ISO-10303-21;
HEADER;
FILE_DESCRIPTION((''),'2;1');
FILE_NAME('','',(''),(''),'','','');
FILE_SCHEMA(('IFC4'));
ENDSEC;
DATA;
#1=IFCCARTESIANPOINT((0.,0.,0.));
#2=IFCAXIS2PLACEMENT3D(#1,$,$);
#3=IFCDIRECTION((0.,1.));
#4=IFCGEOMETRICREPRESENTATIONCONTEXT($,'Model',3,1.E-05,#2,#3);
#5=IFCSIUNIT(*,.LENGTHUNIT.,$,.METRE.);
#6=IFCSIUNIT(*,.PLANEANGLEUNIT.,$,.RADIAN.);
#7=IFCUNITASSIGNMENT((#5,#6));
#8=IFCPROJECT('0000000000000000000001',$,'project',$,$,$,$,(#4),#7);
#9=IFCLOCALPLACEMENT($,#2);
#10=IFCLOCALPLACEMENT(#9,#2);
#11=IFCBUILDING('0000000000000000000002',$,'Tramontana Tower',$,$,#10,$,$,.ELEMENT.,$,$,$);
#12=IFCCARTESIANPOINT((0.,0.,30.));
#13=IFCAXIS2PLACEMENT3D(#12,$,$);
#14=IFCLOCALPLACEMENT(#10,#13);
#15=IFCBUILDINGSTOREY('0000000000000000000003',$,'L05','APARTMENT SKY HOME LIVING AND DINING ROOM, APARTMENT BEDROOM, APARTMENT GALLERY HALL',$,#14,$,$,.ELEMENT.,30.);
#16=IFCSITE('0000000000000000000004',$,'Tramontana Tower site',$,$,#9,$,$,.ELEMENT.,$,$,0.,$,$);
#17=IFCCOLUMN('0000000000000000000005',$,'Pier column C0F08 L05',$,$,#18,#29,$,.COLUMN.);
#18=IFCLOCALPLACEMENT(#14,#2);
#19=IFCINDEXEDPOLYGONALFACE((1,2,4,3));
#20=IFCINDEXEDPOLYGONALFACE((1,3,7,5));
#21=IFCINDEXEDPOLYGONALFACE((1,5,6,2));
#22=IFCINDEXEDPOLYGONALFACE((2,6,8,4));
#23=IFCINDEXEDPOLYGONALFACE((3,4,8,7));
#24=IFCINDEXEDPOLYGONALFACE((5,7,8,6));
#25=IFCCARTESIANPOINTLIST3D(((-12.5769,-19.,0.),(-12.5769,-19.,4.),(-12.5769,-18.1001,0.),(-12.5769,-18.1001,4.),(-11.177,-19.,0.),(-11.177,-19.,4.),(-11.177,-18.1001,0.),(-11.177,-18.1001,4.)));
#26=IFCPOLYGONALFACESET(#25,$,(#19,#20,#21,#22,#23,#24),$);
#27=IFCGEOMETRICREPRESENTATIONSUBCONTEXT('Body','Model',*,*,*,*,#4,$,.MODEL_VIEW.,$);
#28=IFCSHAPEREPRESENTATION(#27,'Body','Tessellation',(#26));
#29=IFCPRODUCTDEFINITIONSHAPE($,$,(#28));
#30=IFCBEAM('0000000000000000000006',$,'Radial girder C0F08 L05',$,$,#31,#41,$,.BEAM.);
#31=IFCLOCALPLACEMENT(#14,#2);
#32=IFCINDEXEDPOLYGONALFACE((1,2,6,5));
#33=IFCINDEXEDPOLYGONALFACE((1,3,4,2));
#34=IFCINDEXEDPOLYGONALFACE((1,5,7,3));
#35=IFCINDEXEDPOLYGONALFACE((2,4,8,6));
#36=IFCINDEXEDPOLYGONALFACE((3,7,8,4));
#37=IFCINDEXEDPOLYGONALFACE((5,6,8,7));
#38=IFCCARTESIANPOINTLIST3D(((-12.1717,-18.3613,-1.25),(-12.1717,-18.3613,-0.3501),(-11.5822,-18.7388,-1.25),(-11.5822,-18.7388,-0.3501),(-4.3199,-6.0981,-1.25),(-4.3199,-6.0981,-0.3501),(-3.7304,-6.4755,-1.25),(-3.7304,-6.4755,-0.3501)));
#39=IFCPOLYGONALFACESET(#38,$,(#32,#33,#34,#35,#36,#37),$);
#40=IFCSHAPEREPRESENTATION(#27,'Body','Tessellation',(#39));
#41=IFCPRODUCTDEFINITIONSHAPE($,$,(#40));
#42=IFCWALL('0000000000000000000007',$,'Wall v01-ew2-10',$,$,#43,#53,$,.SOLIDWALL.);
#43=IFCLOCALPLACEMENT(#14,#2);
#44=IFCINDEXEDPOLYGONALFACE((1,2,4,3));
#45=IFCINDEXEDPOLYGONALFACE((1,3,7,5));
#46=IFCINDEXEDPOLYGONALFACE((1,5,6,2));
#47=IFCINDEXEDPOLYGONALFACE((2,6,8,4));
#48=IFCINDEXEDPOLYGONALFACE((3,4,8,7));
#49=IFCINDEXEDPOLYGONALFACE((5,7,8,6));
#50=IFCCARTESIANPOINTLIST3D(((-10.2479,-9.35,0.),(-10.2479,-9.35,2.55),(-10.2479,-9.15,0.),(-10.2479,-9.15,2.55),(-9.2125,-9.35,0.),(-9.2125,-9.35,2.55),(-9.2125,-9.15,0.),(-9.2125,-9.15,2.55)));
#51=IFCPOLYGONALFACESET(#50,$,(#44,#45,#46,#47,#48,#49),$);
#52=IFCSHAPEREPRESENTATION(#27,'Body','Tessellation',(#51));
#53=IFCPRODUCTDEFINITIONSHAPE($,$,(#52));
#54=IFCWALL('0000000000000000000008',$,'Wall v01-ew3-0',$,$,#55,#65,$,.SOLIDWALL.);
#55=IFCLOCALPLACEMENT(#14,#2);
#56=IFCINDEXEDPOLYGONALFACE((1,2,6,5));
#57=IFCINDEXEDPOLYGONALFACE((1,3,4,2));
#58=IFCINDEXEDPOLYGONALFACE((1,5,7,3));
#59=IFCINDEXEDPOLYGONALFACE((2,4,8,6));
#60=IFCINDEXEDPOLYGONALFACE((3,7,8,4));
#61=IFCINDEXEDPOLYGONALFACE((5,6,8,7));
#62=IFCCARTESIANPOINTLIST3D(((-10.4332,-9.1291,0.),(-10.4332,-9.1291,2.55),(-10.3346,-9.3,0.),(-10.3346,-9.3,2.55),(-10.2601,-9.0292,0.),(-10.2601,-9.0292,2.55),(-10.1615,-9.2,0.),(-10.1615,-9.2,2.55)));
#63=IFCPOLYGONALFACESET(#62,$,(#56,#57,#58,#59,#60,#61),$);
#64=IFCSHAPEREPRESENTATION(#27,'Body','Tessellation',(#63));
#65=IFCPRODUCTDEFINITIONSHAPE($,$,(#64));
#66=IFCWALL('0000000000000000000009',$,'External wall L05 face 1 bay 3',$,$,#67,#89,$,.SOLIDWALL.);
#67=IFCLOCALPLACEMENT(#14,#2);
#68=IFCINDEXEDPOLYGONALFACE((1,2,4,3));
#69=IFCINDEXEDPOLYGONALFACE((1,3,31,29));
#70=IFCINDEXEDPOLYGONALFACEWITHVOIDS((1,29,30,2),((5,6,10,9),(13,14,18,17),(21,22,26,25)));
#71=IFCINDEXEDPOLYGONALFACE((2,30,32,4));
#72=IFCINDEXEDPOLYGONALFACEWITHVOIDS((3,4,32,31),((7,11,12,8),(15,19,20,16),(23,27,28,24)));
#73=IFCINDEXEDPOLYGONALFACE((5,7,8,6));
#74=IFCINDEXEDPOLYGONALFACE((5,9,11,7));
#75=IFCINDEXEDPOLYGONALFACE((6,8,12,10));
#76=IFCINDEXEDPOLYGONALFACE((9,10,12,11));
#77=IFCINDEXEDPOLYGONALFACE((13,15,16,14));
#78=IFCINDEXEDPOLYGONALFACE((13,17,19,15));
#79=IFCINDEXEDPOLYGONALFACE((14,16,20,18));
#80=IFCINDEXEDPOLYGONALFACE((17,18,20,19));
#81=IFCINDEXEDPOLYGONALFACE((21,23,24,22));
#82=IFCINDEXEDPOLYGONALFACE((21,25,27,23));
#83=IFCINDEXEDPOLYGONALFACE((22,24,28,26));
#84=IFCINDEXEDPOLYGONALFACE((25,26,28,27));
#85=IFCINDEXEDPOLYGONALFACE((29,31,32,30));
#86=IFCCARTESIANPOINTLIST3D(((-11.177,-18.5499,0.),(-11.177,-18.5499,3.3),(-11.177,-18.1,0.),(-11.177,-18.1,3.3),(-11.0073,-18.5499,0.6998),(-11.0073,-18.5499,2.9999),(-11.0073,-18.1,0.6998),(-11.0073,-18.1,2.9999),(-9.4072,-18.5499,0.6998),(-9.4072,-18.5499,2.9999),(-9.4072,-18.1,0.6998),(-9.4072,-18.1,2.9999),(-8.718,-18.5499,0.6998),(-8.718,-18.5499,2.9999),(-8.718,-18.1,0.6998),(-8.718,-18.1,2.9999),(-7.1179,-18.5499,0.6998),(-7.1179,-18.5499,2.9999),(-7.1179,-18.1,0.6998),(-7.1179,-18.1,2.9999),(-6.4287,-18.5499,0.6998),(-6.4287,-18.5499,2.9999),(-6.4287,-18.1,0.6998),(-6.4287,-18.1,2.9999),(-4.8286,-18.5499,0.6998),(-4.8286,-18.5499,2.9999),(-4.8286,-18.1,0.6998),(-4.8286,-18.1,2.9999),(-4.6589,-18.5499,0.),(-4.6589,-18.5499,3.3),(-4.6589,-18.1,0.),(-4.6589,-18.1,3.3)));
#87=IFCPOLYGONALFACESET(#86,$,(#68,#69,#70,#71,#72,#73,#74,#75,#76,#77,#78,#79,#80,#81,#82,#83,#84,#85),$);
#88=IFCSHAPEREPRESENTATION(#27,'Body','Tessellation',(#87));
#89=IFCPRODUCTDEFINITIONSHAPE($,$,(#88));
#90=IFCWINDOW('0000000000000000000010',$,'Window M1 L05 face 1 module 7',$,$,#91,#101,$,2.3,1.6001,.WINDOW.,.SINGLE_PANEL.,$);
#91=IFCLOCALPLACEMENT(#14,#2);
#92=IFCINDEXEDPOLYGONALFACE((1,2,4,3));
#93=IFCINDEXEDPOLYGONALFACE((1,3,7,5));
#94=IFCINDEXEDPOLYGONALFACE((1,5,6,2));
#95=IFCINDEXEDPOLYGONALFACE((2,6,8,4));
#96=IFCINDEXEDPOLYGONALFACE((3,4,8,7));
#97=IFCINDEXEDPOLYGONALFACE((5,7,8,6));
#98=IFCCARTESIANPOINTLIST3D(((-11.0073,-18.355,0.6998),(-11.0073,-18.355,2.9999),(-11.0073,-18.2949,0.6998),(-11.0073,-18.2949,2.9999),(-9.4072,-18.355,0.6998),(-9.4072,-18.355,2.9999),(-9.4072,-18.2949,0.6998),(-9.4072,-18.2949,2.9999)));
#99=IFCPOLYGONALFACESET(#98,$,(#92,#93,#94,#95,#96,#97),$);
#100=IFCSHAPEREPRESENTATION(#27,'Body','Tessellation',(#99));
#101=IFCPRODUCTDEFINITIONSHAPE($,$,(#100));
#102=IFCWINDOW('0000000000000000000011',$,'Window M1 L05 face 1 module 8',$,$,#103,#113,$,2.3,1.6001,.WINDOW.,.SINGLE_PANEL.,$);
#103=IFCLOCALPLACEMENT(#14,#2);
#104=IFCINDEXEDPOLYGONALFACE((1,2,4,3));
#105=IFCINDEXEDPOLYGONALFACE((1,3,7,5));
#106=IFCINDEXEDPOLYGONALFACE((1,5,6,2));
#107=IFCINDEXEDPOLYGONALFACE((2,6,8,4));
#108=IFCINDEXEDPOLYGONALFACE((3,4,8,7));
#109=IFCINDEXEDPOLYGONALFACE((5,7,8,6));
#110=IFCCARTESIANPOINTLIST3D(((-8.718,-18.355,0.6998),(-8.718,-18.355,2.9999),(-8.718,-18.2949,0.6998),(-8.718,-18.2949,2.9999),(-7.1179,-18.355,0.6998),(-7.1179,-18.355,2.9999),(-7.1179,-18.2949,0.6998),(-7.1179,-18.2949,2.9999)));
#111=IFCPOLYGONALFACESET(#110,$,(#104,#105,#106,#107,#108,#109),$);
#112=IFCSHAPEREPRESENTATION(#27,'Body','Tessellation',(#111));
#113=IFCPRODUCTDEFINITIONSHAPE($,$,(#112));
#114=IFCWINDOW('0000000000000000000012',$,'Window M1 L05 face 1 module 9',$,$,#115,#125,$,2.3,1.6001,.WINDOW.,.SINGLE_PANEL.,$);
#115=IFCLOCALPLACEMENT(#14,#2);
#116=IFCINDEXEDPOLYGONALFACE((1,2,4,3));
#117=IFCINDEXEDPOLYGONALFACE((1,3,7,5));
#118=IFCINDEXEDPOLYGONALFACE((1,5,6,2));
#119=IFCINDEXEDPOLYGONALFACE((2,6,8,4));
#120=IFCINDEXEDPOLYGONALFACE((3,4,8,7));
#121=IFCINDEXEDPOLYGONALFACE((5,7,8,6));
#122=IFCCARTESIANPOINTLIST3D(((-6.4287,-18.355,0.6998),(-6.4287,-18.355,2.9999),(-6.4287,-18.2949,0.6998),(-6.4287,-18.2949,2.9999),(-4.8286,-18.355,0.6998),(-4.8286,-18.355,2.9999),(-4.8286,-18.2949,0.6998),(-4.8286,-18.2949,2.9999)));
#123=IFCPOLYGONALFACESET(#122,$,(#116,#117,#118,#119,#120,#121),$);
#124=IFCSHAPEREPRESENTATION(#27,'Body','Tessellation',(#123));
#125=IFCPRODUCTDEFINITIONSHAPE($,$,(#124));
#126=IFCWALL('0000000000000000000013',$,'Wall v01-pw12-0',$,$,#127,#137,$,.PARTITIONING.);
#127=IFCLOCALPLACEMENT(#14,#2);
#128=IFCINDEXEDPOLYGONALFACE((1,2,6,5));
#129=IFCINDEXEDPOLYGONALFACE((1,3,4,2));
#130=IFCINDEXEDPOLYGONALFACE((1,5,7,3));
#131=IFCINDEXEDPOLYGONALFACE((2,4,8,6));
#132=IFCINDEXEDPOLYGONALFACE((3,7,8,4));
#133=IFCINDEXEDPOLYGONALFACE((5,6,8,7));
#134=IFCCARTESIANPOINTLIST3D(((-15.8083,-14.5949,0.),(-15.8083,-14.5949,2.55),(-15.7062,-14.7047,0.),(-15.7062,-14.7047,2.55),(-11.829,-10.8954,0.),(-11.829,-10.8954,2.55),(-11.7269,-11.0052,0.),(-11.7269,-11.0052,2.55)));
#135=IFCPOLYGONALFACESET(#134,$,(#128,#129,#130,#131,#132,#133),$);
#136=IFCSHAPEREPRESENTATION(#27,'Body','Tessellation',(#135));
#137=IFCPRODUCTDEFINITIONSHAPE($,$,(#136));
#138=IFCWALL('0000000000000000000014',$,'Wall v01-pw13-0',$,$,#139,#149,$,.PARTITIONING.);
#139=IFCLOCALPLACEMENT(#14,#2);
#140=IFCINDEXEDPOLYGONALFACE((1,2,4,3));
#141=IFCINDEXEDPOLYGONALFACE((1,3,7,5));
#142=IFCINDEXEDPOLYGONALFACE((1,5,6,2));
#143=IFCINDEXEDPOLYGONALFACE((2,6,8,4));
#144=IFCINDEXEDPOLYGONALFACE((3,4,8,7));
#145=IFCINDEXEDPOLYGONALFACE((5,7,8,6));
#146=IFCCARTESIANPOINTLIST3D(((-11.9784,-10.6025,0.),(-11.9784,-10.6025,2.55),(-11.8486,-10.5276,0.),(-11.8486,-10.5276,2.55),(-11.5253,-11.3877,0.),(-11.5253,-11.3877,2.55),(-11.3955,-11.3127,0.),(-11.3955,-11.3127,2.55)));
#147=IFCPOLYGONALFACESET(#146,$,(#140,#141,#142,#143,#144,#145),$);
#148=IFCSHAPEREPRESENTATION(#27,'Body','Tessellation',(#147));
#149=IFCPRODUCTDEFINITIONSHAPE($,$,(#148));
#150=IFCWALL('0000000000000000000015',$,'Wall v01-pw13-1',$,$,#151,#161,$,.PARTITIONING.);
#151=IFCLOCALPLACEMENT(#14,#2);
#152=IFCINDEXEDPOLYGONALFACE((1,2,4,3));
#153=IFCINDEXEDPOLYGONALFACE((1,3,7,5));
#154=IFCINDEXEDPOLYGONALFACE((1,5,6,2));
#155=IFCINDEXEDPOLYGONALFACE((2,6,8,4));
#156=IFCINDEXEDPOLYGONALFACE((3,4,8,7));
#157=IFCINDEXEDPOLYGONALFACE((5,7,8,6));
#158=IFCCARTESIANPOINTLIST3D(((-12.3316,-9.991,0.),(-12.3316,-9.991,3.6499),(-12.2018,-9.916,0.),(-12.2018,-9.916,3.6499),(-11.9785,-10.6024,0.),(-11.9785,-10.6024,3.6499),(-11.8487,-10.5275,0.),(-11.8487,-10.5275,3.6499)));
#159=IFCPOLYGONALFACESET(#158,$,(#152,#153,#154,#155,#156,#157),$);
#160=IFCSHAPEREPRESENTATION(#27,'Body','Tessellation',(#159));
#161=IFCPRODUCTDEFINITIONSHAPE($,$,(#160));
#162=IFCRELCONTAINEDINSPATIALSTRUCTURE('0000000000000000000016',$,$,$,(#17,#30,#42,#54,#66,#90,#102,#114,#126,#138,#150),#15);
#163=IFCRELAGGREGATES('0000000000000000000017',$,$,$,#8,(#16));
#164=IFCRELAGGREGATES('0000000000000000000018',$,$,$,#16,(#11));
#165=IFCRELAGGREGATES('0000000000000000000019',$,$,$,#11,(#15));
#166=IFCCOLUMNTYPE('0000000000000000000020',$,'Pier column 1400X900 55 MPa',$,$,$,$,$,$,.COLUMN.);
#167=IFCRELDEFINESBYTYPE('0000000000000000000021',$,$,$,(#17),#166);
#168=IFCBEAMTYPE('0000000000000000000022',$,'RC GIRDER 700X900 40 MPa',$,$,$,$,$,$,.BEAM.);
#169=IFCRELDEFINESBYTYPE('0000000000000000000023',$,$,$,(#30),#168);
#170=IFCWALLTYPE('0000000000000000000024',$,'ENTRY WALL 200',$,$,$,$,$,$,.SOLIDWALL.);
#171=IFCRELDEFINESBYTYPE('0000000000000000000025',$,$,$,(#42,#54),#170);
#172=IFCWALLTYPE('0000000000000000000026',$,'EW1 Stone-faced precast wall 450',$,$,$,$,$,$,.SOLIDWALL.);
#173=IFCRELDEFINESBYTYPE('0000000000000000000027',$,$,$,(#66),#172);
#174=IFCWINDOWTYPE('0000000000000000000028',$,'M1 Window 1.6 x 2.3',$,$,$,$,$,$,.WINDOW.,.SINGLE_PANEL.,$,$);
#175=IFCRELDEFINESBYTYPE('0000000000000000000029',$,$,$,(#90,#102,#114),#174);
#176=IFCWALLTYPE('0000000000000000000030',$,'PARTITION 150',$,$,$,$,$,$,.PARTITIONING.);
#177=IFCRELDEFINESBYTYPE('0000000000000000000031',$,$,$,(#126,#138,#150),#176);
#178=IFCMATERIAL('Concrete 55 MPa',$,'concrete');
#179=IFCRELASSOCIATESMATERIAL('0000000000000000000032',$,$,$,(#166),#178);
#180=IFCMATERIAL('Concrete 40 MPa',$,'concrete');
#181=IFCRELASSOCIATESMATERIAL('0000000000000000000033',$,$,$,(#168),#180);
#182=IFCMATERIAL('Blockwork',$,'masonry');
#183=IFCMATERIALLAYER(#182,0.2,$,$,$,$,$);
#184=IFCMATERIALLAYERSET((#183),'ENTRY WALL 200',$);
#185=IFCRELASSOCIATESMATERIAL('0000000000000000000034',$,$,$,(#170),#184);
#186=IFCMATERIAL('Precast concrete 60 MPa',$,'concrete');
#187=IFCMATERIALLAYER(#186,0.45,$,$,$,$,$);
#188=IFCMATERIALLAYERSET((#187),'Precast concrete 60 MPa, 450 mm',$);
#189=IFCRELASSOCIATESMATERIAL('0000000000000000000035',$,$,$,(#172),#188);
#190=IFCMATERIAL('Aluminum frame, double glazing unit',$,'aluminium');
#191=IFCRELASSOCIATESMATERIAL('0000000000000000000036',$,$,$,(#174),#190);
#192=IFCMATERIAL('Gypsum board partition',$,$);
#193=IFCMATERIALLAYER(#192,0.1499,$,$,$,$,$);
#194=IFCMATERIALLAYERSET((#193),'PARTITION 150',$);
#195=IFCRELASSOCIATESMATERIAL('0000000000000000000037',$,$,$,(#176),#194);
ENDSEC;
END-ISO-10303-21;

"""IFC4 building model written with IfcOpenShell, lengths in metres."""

from ifc_helpers import new_model, si_unit, direction, frame, frame_2d, origin, origin_2d, place, context, subcontext, project, spatial, rectangle, extrude, material, layer, layer_set, material_profile, profile_set, type_object, element, fill, save


model = new_model("IFC4")

# Units and contexts
model_context = context("Model", 3, precision=1e-05, world=origin(), true_north=direction((0.0, 1.0)))
body_context = subcontext(model_context, "Body", "Model", "MODEL_VIEW")
ifc_project = project(units=[si_unit("LENGTHUNIT", "METRE"), si_unit("PLANEANGLEUNIT", "RADIAN")], contexts=[model_context])

# Site, building, storey
site_placement = place(None, origin())
site = spatial("IfcSite", under=ifc_project, at=site_placement, Name="Tramontana Tower site", CompositionType="ELEMENT", RefElevation=0.0)
building_placement = place(site_placement, origin())
building = spatial("IfcBuilding", under=site, at=building_placement, Name="Tramontana Tower", CompositionType="ELEMENT")
storey_placement = place(building_placement, frame((0.0, 0.0, 30.0)))
storey = spatial("IfcBuildingStorey", under=building, at=storey_placement, Name="L05", Description="APARTMENT SKY HOME LIVING AND DINING ROOM, APARTMENT BEDROOM, APARTMENT GALLERY HALL", CompositionType="ELEMENT", Elevation=30.0)

# Column
ifc_material_1 = material(Name="Concrete 55 MPa", Category="concrete")
ifc_material_profile_1 = material_profile(ifc_material_1, rectangle(XDim=1.3999, YDim=0.8999, at=origin_2d()), Name="Pier column 1400X900 55 MPa")
ifc_profile_set_1 = profile_set([ifc_material_profile_1], Name="Concrete 55 MPa")
column_type = type_object("IfcColumnType", Name="Pier column 1400X900 55 MPa", PredefinedType="COLUMN", material=ifc_profile_set_1)
column_placement = place(storey_placement, frame((-11.877, -18.55, 0.0), z_axis=(0.0, 0.0, 1.0), x_axis=(1.0, 0.0, 0.0)))
element("IfcColumn", 1, at=column_placement, inside=storey, type_object=column_type, Name="Pier column C0F08 L05", PredefinedType="COLUMN", context=body_context, shape_type="SweptSolid", body=[
    extrude(rectangle(XDim=1.3999, YDim=0.8999, at=origin_2d()), origin(), (0.0, 0.0, 1.0), 4.0),
])

# Beam
ifc_material_2 = material(Name="Concrete 40 MPa", Category="concrete")
ifc_material_profile_2 = material_profile(ifc_material_2, rectangle(XDim=0.7, YDim=0.8999, at=origin_2d()), Name="RC GIRDER 700X900 40 MPa")
ifc_profile_set_2 = profile_set([ifc_material_profile_2], Name="Concrete 40 MPa")
beam_type = type_object("IfcBeamType", Name="RC GIRDER 700X900 40 MPa", PredefinedType="BEAM", material=ifc_profile_set_2)
beam_placement = place(storey_placement, frame((-11.877, -18.55, -0.8), z_axis=(0.539218, 0.842166, 0.0), x_axis=(-0.842166, 0.539218, 0.0)))
element("IfcBeam", 2, at=beam_placement, inside=storey, type_object=beam_type, Name="Radial girder C0F08 L05", PredefinedType="BEAM", context=body_context, shape_type="SweptSolid", body=[
    extrude(rectangle(XDim=0.7, YDim=0.8999, at=origin_2d()), origin(), (0.0, 0.0, 1.0), 14.5615),
])

# Walls
ifc_material_3 = material(Name="Blockwork", Category="masonry")
ifc_layer_1 = layer(ifc_material_3, 0.2)
ifc_layer_set_1 = layer_set([ifc_layer_1], Name="ENTRY WALL 200")
wall_type_1 = type_object("IfcWallType", Name="ENTRY WALL 200", PredefinedType="SOLIDWALL", material=ifc_layer_set_1)
wall_1_placement = place(storey_placement, frame((-9.2126, -9.25, 0.0), z_axis=(0.0, 0.0, 1.0), x_axis=(-1.0, 0.0, 0.0)))
element("IfcWall", 3, at=wall_1_placement, inside=storey, type_object=wall_type_1, Name="Wall v01-ew2-10", PredefinedType="SOLIDWALL", context=body_context, shape_type="SweptSolid", body=[
    extrude(rectangle(XDim=1.0354, YDim=0.2, at=frame_2d((0.5176, 0.0))), origin(), (0.0, 0.0, 1.0), 2.55),
])
wall_2_placement = place(storey_placement, frame((-10.248, -9.25, 0.0), z_axis=(0.0, 0.0, 1.0), x_axis=(-0.499865, 0.866103, 0.0)))
element("IfcWall", 4, at=wall_2_placement, inside=storey, type_object=wall_type_1, Name="Wall v01-ew3-0", PredefinedType="SOLIDWALL", context=body_context, shape_type="SweptSolid", body=[
    extrude(rectangle(XDim=0.1973, YDim=0.2, at=frame_2d((0.0986, 0.0))), origin(), (0.0, 0.0, 1.0), 2.55),
])

# Wall, openings, windows
ifc_material_4 = material(Name="Precast concrete 60 MPa", Category="concrete")
ifc_layer_2 = layer(ifc_material_4, 0.45)
ifc_layer_set_2 = layer_set([ifc_layer_2], Name="Precast concrete 60 MPa, 450 mm")
wall_type_2 = type_object("IfcWallType", Name="EW1 Stone-faced precast wall 450", PredefinedType="SOLIDWALL", material=ifc_layer_set_2)
wall_3_placement = place(storey_placement, frame((-11.177, -18.325, 0.0), z_axis=(0.0, 0.0, 1.0), x_axis=(1.0, 0.0, 0.0)))
wall_3 = element("IfcWall", 5, at=wall_3_placement, inside=storey, type_object=wall_type_2, Name="External wall L05 face 1 bay 3", PredefinedType="SOLIDWALL", context=body_context, shape_type="SweptSolid", body=[
    extrude(rectangle(XDim=6.5181, YDim=0.45, at=frame_2d((3.259, 0.0))), origin(), (0.0, 0.0, 1.0), 3.3),
])
opening_1_placement = place(wall_3_placement, frame((0.1697, 0.0, 0.7)))
opening_1 = element("IfcOpeningElement", 6, at=opening_1_placement, cuts=wall_3, PredefinedType="OPENING", context=body_context, shape_type="SweptSolid", body=[
    extrude(rectangle(XDim=1.6001, YDim=2.3, at=frame_2d((0.8, 1.1499))), frame((0.0, 0.2349, 0.0), z_axis=(0.0, -1.0, 0.0), x_axis=(1.0, 0.0, 0.0)), (0.0, 0.0, 1.0), 0.47),
])
opening_2_placement = place(wall_3_placement, frame((2.459, 0.0, 0.7)))
opening_2 = element("IfcOpeningElement", 7, at=opening_2_placement, cuts=wall_3, PredefinedType="OPENING", context=body_context, shape_type="SweptSolid", body=[
    extrude(rectangle(XDim=1.6001, YDim=2.3, at=frame_2d((0.8, 1.1499))), frame((0.0, 0.2349, 0.0), z_axis=(0.0, -1.0, 0.0), x_axis=(1.0, 0.0, 0.0)), (0.0, 0.0, 1.0), 0.47),
])
opening_3_placement = place(wall_3_placement, frame((4.7483, 0.0, 0.7)))
opening_3 = element("IfcOpeningElement", 8, at=opening_3_placement, cuts=wall_3, PredefinedType="OPENING", context=body_context, shape_type="SweptSolid", body=[
    extrude(rectangle(XDim=1.6001, YDim=2.3, at=frame_2d((0.8, 1.1499))), frame((0.0, 0.2349, 0.0), z_axis=(0.0, -1.0, 0.0), x_axis=(1.0, 0.0, 0.0)), (0.0, 0.0, 1.0), 0.47),
])
ifc_material_5 = material(Name="Aluminum frame, double glazing unit", Category="aluminium")
window_type = type_object("IfcWindowType", Name="M1 Window 1.6 x 2.3", PartitioningType="SINGLE_PANEL", PredefinedType="WINDOW", material=ifc_material_5)
window_1_placement = place(opening_1_placement, origin())
window_1 = element("IfcWindow", 9, at=window_1_placement, inside=storey, type_object=window_type, Name="Window M1 L05 face 1 module 7", OverallHeight=2.3, OverallWidth=1.6001, PartitioningType="SINGLE_PANEL", PredefinedType="WINDOW", context=body_context, shape_type="SweptSolid", body=[
    extrude(rectangle(XDim=1.6001, YDim=2.3, at=frame_2d((0.8, 1.1499))), frame((0.0, 0.03, 0.0), z_axis=(0.0, -1.0, 0.0), x_axis=(1.0, 0.0, 0.0)), (0.0, 0.0, 1.0), 0.0601),
])
fill(opening_1, window_1)
window_2_placement = place(opening_2_placement, origin())
window_2 = element("IfcWindow", 10, at=window_2_placement, inside=storey, type_object=window_type, Name="Window M1 L05 face 1 module 8", OverallHeight=2.3, OverallWidth=1.6001, PartitioningType="SINGLE_PANEL", PredefinedType="WINDOW", context=body_context, shape_type="SweptSolid", body=[
    extrude(rectangle(XDim=1.6001, YDim=2.3, at=frame_2d((0.8, 1.1499))), frame((0.0, 0.03, 0.0), z_axis=(0.0, -1.0, 0.0), x_axis=(1.0, 0.0, 0.0)), (0.0, 0.0, 1.0), 0.0601),
])
fill(opening_2, window_2)
window_3_placement = place(opening_3_placement, origin())
window_3 = element("IfcWindow", 11, at=window_3_placement, inside=storey, type_object=window_type, Name="Window M1 L05 face 1 module 9", OverallHeight=2.3, OverallWidth=1.6001, PartitioningType="SINGLE_PANEL", PredefinedType="WINDOW", context=body_context, shape_type="SweptSolid", body=[
    extrude(rectangle(XDim=1.6001, YDim=2.3, at=frame_2d((0.8, 1.1499))), frame((0.0, 0.03, 0.0), z_axis=(0.0, -1.0, 0.0), x_axis=(1.0, 0.0, 0.0)), (0.0, 0.0, 1.0), 0.0601),
])
fill(opening_3, window_3)

# Shared definitions
ifc_material_6 = material(Name="Gypsum board partition")
ifc_layer_3 = layer(ifc_material_6, 0.1499)
ifc_layer_set_3 = layer_set([ifc_layer_3], Name="PARTITION 150")
wall_type_3 = type_object("IfcWallType", Name="PARTITION 150", PredefinedType="PARTITIONING", material=ifc_layer_set_3)

# Walls
wall_4_placement = place(storey_placement, frame((-11.7778, -10.9502, 0.0), z_axis=(0.0, 0.0, 1.0), x_axis=(-0.732385, -0.68089, 0.0)))
element("IfcWall", 12, at=wall_4_placement, inside=storey, type_object=wall_type_3, Name="Wall v01-pw12-0", PredefinedType="PARTITIONING", context=body_context, shape_type="SweptSolid", body=[
    extrude(rectangle(XDim=5.4333, YDim=0.1499, at=frame_2d((2.7168, 0.0))), origin(), (0.0, 0.0, 1.0), 2.55),
])
wall_5_placement = place(storey_placement, frame((-11.4604, -11.3501, 0.0), z_axis=(0.0, 0.0, 1.0), x_axis=(-0.499847, 0.866114, 0.0)))
element("IfcWall", 13, at=wall_5_placement, inside=storey, type_object=wall_type_3, Name="Wall v01-pw13-0", PredefinedType="PARTITIONING", context=body_context, shape_type="SweptSolid", body=[
    extrude(rectangle(XDim=0.9065, YDim=0.1499, at=frame_2d((0.4531, 0.0))), origin(), (0.0, 0.0, 1.0), 2.55),
])
wall_6_placement = place(storey_placement, frame((-11.9136, -10.5649, 0.0), z_axis=(0.0, 0.0, 1.0), x_axis=(-0.500082, 0.865978, 0.0)))
element("IfcWall", 14, at=wall_6_placement, inside=storey, type_object=wall_type_3, Name="Wall v01-pw13-1", PredefinedType="PARTITIONING", context=body_context, shape_type="SweptSolid", body=[
    extrude(rectangle(XDim=0.7061, YDim=0.1499, at=frame_2d((0.353, 0.0))), origin(), (0.0, 0.0, 1.0), 3.6499),
])

save(model, "model.ifc")
